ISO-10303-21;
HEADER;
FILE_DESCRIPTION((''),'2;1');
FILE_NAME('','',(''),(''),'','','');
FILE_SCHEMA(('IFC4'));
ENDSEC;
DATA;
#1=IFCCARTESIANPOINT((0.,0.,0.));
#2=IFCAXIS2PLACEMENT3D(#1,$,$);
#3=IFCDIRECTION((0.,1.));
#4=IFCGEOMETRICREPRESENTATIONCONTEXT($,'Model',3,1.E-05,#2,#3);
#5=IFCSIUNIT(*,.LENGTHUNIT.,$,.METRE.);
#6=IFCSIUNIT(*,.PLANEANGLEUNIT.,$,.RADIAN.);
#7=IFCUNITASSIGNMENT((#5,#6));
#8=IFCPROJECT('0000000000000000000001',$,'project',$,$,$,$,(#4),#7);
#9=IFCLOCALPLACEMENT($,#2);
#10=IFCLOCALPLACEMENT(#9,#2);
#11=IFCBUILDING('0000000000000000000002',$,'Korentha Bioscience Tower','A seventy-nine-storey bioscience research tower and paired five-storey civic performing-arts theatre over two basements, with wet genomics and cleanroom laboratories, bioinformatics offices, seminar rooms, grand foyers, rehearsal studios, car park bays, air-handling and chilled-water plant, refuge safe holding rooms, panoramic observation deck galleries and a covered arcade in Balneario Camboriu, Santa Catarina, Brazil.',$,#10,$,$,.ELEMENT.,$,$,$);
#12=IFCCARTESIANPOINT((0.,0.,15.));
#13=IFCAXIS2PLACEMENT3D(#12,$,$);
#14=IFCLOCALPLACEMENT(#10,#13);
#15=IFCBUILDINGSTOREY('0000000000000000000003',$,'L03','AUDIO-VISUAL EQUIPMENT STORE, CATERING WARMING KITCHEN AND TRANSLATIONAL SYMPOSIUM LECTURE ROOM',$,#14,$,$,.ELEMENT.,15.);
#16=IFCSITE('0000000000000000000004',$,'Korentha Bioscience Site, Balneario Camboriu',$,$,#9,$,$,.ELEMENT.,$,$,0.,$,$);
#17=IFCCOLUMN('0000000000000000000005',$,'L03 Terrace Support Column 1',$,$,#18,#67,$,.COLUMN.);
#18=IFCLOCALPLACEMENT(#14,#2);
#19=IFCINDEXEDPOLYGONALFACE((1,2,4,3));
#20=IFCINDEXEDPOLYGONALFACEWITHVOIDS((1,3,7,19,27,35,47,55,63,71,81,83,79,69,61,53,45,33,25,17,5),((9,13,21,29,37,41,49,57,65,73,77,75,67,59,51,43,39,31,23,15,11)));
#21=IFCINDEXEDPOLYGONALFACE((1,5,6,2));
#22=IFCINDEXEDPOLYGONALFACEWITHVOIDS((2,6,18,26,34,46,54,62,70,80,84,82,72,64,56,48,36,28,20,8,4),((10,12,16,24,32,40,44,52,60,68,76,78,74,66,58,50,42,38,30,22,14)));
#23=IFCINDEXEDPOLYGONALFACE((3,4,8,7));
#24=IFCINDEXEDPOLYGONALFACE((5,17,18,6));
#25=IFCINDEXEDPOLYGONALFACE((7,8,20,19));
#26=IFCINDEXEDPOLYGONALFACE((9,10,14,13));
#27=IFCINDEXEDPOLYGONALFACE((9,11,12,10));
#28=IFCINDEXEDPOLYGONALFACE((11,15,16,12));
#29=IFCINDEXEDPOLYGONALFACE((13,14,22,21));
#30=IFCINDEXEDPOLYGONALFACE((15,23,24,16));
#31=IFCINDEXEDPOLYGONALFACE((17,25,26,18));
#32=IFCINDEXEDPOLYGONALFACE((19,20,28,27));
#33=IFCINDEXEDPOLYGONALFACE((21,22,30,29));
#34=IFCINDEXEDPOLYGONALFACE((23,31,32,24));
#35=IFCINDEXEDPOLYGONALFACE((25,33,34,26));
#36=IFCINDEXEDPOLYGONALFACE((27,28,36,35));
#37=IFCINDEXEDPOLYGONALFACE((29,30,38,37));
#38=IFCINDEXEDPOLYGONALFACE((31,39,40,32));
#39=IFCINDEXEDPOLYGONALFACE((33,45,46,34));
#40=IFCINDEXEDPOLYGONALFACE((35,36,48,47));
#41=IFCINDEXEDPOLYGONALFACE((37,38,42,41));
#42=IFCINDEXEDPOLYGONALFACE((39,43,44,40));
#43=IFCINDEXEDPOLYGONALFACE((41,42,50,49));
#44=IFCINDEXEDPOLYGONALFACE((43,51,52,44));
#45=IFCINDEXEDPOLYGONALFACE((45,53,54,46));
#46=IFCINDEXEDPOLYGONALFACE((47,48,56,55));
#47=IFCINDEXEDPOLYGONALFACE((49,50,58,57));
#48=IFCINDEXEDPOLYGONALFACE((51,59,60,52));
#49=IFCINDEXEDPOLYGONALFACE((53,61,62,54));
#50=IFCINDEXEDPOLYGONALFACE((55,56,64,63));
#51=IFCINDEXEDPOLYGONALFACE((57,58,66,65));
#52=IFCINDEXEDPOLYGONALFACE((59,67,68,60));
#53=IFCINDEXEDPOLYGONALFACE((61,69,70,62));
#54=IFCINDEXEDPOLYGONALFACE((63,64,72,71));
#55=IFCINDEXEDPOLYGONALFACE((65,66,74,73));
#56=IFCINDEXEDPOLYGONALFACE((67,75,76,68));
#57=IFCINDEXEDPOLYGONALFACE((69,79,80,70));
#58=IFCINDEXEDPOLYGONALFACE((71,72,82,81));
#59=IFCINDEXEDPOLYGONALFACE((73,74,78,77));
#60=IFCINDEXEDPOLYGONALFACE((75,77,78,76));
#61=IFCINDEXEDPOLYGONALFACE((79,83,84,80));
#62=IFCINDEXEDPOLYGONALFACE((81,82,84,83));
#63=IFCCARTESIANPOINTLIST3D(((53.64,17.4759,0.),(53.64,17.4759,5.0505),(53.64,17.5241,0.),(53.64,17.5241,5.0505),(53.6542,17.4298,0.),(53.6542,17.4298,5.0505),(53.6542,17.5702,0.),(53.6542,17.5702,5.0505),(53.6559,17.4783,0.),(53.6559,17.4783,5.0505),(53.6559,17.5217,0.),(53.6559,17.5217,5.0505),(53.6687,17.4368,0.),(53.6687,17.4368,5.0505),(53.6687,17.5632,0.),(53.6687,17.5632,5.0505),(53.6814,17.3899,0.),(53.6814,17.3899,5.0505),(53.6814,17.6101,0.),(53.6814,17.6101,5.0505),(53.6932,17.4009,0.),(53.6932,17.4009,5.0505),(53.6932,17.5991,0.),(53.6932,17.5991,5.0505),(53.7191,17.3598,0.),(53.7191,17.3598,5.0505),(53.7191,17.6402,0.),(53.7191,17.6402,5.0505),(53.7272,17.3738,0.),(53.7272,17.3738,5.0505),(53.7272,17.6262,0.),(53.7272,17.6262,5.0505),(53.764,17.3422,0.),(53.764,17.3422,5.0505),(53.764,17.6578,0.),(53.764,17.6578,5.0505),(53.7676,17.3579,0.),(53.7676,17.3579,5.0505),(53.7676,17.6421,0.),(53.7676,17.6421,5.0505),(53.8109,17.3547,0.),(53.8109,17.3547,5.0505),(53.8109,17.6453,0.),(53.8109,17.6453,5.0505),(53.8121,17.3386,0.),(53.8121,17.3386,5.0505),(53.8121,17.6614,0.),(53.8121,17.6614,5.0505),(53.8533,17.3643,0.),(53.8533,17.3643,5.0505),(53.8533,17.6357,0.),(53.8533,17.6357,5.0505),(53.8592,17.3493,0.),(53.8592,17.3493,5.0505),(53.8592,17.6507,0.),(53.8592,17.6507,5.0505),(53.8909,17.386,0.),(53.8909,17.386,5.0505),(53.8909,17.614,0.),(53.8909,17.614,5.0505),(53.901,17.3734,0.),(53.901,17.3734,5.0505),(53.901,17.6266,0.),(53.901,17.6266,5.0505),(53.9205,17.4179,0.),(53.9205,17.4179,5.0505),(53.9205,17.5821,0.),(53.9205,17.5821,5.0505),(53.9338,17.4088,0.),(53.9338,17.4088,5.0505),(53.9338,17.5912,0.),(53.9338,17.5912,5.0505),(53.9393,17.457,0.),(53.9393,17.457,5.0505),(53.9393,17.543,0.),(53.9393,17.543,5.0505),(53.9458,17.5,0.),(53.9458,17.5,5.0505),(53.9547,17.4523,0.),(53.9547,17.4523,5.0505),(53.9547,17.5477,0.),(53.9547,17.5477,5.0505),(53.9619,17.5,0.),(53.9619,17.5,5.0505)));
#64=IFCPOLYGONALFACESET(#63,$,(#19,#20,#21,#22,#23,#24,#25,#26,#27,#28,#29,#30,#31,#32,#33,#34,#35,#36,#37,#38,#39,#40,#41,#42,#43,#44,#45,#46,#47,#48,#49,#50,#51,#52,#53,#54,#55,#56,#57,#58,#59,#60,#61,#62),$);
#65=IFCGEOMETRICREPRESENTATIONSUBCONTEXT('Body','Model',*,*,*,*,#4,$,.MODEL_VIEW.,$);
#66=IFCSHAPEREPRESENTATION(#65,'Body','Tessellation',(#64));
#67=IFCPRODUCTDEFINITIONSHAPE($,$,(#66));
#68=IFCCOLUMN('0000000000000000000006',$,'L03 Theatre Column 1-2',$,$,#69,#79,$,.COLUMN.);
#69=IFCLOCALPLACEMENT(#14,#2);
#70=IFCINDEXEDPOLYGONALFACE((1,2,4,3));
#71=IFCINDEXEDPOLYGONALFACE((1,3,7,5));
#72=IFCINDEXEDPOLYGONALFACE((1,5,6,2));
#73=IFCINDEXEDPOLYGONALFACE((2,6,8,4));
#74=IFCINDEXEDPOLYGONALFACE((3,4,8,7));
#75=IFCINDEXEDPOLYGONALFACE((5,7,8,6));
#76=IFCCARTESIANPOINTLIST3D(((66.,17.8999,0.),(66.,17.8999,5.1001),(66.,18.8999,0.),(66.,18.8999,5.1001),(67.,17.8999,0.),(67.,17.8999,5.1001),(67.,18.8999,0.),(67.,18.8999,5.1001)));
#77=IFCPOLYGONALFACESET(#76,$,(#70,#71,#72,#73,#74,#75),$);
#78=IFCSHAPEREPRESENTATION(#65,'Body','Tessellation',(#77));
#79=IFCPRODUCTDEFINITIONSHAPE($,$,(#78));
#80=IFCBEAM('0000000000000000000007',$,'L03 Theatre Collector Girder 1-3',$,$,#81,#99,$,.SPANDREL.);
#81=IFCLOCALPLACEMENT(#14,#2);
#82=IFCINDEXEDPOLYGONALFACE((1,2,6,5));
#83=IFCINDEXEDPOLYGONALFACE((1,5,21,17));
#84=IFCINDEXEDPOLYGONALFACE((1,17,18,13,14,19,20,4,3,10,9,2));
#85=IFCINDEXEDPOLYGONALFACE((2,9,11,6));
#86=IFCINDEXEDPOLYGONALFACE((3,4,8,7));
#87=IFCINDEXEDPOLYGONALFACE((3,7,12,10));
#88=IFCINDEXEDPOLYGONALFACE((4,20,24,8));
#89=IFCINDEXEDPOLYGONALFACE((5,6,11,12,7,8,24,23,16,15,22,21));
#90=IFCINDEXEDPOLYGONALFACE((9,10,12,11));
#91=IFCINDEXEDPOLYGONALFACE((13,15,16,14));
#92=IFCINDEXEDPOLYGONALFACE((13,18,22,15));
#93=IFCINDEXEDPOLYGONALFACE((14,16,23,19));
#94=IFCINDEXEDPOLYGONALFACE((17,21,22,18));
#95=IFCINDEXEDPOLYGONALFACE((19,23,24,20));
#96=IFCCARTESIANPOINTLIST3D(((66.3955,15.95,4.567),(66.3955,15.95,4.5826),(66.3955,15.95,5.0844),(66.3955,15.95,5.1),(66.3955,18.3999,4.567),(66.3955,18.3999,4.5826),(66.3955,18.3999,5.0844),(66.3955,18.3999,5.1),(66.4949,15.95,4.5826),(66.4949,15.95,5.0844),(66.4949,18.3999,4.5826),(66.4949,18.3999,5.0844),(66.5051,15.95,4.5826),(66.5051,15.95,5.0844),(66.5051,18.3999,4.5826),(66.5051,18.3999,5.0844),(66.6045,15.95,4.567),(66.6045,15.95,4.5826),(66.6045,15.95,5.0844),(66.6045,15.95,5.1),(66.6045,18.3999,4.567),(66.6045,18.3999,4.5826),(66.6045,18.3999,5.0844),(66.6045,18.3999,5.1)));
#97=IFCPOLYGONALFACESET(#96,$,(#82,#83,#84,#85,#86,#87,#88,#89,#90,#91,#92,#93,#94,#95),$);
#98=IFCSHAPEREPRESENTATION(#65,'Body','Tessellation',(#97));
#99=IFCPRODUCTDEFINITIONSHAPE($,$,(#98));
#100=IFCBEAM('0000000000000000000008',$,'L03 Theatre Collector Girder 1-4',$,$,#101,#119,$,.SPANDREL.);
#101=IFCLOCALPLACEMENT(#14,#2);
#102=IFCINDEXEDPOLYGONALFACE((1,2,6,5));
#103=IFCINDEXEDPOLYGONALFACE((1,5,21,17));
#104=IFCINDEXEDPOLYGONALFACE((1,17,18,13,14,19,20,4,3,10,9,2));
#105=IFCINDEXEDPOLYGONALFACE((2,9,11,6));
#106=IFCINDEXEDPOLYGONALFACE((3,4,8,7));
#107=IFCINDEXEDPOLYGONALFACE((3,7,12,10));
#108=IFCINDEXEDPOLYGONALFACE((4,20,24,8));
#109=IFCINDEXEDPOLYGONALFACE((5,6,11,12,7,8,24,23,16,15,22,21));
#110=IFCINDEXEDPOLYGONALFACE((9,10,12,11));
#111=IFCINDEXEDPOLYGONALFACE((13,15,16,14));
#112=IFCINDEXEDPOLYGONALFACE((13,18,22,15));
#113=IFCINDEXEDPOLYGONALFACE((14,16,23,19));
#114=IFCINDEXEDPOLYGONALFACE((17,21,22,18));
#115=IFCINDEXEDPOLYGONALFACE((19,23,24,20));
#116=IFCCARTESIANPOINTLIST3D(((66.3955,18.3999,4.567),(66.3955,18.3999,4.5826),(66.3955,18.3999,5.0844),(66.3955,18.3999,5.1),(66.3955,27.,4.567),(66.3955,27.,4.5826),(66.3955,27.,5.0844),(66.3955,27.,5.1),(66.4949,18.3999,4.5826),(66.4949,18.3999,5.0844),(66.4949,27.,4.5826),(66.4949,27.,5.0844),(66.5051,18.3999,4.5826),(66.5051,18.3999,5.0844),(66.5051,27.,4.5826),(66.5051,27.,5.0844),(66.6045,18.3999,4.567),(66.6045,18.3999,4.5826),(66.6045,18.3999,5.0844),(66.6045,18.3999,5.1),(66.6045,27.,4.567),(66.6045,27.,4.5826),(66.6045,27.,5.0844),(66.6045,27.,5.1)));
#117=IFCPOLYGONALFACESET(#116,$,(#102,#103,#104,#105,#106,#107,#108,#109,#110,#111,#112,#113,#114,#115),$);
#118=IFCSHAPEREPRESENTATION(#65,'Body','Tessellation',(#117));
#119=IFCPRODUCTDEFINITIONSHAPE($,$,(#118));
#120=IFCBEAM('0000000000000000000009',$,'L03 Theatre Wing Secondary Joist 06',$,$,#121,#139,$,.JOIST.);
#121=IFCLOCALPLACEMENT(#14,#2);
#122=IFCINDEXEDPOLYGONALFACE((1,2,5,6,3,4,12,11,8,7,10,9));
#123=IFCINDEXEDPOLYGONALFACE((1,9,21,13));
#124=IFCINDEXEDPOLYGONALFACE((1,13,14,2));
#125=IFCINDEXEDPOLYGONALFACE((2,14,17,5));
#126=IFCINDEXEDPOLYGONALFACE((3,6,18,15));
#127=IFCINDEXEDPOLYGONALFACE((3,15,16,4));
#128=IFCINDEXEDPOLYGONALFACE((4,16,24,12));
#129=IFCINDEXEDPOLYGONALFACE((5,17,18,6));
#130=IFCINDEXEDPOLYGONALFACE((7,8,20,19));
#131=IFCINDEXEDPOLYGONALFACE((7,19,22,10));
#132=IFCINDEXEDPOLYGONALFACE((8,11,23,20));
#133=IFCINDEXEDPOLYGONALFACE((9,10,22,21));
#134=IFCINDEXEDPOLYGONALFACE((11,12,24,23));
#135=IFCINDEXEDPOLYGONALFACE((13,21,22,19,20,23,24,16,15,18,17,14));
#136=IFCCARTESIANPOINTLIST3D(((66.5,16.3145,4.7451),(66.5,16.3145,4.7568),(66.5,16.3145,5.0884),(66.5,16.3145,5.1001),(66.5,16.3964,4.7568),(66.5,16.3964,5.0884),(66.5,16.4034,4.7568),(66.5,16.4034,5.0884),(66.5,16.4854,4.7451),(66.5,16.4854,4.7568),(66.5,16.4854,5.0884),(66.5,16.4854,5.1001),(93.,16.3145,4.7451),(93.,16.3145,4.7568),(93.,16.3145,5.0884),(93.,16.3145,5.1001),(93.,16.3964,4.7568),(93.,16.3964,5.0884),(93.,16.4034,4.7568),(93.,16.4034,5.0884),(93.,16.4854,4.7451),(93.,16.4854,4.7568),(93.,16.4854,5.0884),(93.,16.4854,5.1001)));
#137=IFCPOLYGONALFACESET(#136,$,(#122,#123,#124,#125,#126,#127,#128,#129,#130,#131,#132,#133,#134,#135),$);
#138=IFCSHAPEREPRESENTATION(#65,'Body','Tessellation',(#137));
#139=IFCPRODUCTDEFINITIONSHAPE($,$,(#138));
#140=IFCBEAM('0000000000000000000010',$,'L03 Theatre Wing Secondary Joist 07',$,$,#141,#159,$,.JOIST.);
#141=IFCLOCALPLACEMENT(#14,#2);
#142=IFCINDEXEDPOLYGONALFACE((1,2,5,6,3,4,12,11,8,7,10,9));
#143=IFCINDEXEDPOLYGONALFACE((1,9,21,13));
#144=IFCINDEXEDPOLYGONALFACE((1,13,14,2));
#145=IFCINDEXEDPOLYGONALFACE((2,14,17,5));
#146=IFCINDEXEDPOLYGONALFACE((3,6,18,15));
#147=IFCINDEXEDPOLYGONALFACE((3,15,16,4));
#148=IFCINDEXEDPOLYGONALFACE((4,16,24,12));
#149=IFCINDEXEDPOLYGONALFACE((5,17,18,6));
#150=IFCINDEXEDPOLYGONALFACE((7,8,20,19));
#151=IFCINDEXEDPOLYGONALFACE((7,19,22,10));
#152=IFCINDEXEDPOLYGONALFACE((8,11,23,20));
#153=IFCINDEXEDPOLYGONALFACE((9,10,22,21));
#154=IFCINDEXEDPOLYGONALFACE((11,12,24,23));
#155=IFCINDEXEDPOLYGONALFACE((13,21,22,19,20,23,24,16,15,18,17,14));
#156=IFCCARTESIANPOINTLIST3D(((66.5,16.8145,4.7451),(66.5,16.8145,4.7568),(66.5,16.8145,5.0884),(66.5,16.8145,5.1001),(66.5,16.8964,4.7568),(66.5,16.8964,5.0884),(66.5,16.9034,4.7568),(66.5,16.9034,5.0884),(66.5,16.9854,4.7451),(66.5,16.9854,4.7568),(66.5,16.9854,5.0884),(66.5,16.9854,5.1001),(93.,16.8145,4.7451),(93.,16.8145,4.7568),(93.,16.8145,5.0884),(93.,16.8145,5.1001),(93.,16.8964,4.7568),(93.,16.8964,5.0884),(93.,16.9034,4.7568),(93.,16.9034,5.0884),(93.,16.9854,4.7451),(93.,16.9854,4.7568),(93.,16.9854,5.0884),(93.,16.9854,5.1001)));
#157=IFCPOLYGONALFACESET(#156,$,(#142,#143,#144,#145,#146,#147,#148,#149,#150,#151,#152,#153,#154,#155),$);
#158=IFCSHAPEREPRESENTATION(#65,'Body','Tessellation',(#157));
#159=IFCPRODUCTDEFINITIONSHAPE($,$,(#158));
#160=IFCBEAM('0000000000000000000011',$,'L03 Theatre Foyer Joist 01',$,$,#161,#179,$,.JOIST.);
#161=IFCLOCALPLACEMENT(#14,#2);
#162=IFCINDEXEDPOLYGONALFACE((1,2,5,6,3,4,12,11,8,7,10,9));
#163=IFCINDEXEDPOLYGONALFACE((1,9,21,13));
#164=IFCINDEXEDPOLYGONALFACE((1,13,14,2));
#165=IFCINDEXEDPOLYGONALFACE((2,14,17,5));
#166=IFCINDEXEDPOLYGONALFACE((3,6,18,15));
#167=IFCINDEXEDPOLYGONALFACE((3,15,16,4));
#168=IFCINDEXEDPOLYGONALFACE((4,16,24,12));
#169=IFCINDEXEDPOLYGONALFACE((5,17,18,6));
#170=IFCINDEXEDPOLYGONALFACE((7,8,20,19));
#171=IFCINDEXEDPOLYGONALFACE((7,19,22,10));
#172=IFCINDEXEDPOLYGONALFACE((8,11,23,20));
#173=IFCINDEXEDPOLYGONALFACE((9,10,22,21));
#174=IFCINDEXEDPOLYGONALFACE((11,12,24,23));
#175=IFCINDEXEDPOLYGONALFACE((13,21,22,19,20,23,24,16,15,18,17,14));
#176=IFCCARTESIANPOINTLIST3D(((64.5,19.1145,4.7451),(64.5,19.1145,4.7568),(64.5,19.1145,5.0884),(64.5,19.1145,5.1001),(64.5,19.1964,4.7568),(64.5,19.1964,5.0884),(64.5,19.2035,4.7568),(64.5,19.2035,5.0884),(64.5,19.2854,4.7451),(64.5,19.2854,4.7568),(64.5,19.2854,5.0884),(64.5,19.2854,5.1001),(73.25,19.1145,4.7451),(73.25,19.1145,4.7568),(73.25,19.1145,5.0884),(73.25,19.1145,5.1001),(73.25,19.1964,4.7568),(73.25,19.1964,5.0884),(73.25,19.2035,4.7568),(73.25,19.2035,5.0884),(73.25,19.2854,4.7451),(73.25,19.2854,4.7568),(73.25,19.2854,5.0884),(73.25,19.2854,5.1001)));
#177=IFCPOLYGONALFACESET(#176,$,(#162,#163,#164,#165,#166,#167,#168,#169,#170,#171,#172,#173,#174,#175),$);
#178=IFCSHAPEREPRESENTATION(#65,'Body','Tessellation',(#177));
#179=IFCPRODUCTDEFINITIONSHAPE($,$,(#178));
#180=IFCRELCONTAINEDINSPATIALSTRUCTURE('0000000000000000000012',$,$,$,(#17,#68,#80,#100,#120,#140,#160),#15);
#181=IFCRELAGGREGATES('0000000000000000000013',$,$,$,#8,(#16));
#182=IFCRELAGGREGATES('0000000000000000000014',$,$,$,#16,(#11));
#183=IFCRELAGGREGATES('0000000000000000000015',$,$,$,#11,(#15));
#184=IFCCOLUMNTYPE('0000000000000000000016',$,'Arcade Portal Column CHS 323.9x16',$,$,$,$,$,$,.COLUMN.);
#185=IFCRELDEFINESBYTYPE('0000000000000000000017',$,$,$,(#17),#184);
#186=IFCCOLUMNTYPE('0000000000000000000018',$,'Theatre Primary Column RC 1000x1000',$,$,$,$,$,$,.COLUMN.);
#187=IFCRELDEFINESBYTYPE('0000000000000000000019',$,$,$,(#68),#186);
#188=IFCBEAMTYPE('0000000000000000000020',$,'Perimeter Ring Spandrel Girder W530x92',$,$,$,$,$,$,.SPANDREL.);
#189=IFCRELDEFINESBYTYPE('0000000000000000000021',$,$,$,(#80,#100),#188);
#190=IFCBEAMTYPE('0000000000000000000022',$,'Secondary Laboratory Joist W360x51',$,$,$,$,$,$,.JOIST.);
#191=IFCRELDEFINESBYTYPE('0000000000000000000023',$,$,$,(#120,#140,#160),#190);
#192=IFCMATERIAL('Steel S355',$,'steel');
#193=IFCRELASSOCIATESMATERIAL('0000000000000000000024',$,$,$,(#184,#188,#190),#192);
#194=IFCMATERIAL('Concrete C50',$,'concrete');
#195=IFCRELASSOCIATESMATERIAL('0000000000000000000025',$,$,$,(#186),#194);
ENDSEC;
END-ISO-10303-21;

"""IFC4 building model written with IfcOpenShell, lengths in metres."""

from ifc_helpers import new_model, si_unit, direction, frame, origin, origin_2d, place, context, subcontext, project, spatial, rectangle, hollow_circle, i_section, extrude, material, material_profile, profile_set, type_object, element, save


model = new_model("IFC4")

# Units and contexts
model_context = context("Model", 3, precision=1e-05, world=origin(), true_north=direction((0.0, 1.0)))
body_context = subcontext(model_context, "Body", "Model", "MODEL_VIEW")
ifc_project = project(units=[si_unit("LENGTHUNIT", "METRE"), si_unit("PLANEANGLEUNIT", "RADIAN")], contexts=[model_context])

# Site, building, storey
site_placement = place(None, origin())
site = spatial("IfcSite", under=ifc_project, at=site_placement, Name="Korentha Bioscience Site, Balneario Camboriu", CompositionType="ELEMENT", RefElevation=0.0)
building_placement = place(site_placement, origin())
building = spatial("IfcBuilding", under=site, at=building_placement, Name="Korentha Bioscience Tower", Description="A seventy-nine-storey bioscience research tower and paired five-storey civic performing-arts theatre over two basements, with wet genomics and cleanroom laboratories, bioinformatics offices, seminar rooms, grand foyers, rehearsal studios, car park bays, air-handling and chilled-water plant, refuge safe holding rooms, panoramic observation deck galleries and a covered arcade in Balneario Camboriu, Santa Catarina, Brazil.", CompositionType="ELEMENT")
storey_placement = place(building_placement, frame((0.0, 0.0, 15.0)))
storey = spatial("IfcBuildingStorey", under=building, at=storey_placement, Name="L03", Description="AUDIO-VISUAL EQUIPMENT STORE, CATERING WARMING KITCHEN AND TRANSLATIONAL SYMPOSIUM LECTURE ROOM", CompositionType="ELEMENT", Elevation=15.0)

# Columns
ifc_material_1 = material(Name="Steel S355", Category="steel")
ifc_material_profile_1 = material_profile(ifc_material_1, hollow_circle(Radius=0.1619, WallThickness=0.0161, at=origin_2d()), Name="Steel S355")
ifc_profile_set_1 = profile_set([ifc_material_profile_1], Name="Steel S355 (AC-01)")
column_type_1 = type_object("IfcColumnType", Name="Arcade Portal Column CHS 323.9x16", PredefinedType="COLUMN", material=ifc_profile_set_1)
column_1_placement = place(storey_placement, frame((53.8, 17.5, 0.0), z_axis=(0.0, 0.0, 1.0), x_axis=(1.0, 0.0, 0.0)))
element("IfcColumn", 1, at=column_1_placement, inside=storey, type_object=column_type_1, Name="L03 Terrace Support Column 1", PredefinedType="COLUMN", context=body_context, shape_type="SweptSolid", body=[
    extrude(hollow_circle(Radius=0.1619, WallThickness=0.0161, at=origin_2d()), origin(), (0.0, 0.0, 1.0), 5.0505),
])
ifc_material_2 = material(Name="Concrete C50", Category="concrete")
ifc_material_profile_2 = material_profile(ifc_material_2, rectangle(XDim=1.0, YDim=1.0, at=origin_2d()), Name="Concrete C50")
ifc_profile_set_2 = profile_set([ifc_material_profile_2], Name="Concrete C50 (TC-01)")
column_type_2 = type_object("IfcColumnType", Name="Theatre Primary Column RC 1000x1000", PredefinedType="COLUMN", material=ifc_profile_set_2)
column_2_placement = place(storey_placement, frame((66.5, 18.3999, 0.0), z_axis=(0.0, 0.0, 1.0), x_axis=(1.0, 0.0, 0.0)))
element("IfcColumn", 2, at=column_2_placement, inside=storey, type_object=column_type_2, Name="L03 Theatre Column 1-2", PredefinedType="COLUMN", context=body_context, shape_type="SweptSolid", body=[
    extrude(rectangle(XDim=1.0, YDim=1.0, at=origin_2d()), origin(), (0.0, 0.0, 1.0), 5.1001),
])

# Beams
ifc_material_profile_3 = material_profile(ifc_material_1, i_section(OverallWidth=0.209, OverallDepth=0.533, WebThickness=0.0103, FlangeThickness=0.0156, at=origin_2d()), Name="Steel S355")
ifc_profile_set_3 = profile_set([ifc_material_profile_3], Name="Steel S355 (SB-530)")
beam_type_1 = type_object("IfcBeamType", Name="Perimeter Ring Spandrel Girder W530x92", PredefinedType="SPANDREL", material=ifc_profile_set_3)
beam_1_placement = place(storey_placement, frame((66.5, 15.95, 4.8335), z_axis=(0.0, 1.0, 0.0), x_axis=(-1.0, 0.0, 0.0)))
element("IfcBeam", 3, at=beam_1_placement, inside=storey, type_object=beam_type_1, Name="L03 Theatre Collector Girder 1-3", PredefinedType="SPANDREL", context=body_context, shape_type="SweptSolid", body=[
    extrude(i_section(OverallWidth=0.209, OverallDepth=0.533, WebThickness=0.0103, FlangeThickness=0.0156, at=origin_2d()), origin(), (0.0, 0.0, 1.0), 2.45),
])
beam_2_placement = place(storey_placement, frame((66.5, 18.3999, 4.8335), z_axis=(0.0, 1.0, 0.0), x_axis=(-1.0, 0.0, 0.0)))
element("IfcBeam", 4, at=beam_2_placement, inside=storey, type_object=beam_type_1, Name="L03 Theatre Collector Girder 1-4", PredefinedType="SPANDREL", context=body_context, shape_type="SweptSolid", body=[
    extrude(i_section(OverallWidth=0.209, OverallDepth=0.533, WebThickness=0.0103, FlangeThickness=0.0156, at=origin_2d()), origin(), (0.0, 0.0, 1.0), 8.6001),
])
ifc_material_profile_4 = material_profile(ifc_material_1, i_section(OverallWidth=0.1709, OverallDepth=0.355, WebThickness=0.0071, FlangeThickness=0.0117, at=origin_2d()), Name="Steel S355")
ifc_profile_set_4 = profile_set([ifc_material_profile_4], Name="Steel S355 (JB-360)")
beam_type_2 = type_object("IfcBeamType", Name="Secondary Laboratory Joist W360x51", PredefinedType="JOIST", material=ifc_profile_set_4)
for number, where, z_axis, x_axis, name in (
    (5, (66.5, 16.3999, 4.9226), (1.0, 0.0, 0.0), (0.0, 1.0, 0.0), "L03 Theatre Wing Secondary Joist 06"),
    (6, (66.5, 16.8999, 4.9226), (1.0, 0.0, 0.0), (0.0, 1.0, 0.0), "L03 Theatre Wing Secondary Joist 07"),
):
    element("IfcBeam", number, at=place(storey_placement, frame(where, z_axis=z_axis, x_axis=x_axis)), inside=storey, type_object=beam_type_2, Name=name, PredefinedType="JOIST", context=body_context, shape_type="SweptSolid", body=[
        extrude(i_section(OverallWidth=0.1709, OverallDepth=0.355, WebThickness=0.0071, FlangeThickness=0.0117, at=origin_2d()), origin(), (0.0, 0.0, 1.0), 26.5),
    ])
for number, where, z_axis, x_axis, name in (
    (7, (64.5, 19.2, 4.9226), (1.0, 0.0, 0.0), (0.0, 1.0, 0.0), "L03 Theatre Foyer Joist 01"),
):
    element("IfcBeam", number, at=place(storey_placement, frame(where, z_axis=z_axis, x_axis=x_axis)), inside=storey, type_object=beam_type_2, Name=name, PredefinedType="JOIST", context=body_context, shape_type="SweptSolid", body=[
        extrude(i_section(OverallWidth=0.1709, OverallDepth=0.355, WebThickness=0.0071, FlangeThickness=0.0117, at=origin_2d()), origin(), (0.0, 0.0, 1.0), 8.75),
    ])

save(model, "model.ifc")
